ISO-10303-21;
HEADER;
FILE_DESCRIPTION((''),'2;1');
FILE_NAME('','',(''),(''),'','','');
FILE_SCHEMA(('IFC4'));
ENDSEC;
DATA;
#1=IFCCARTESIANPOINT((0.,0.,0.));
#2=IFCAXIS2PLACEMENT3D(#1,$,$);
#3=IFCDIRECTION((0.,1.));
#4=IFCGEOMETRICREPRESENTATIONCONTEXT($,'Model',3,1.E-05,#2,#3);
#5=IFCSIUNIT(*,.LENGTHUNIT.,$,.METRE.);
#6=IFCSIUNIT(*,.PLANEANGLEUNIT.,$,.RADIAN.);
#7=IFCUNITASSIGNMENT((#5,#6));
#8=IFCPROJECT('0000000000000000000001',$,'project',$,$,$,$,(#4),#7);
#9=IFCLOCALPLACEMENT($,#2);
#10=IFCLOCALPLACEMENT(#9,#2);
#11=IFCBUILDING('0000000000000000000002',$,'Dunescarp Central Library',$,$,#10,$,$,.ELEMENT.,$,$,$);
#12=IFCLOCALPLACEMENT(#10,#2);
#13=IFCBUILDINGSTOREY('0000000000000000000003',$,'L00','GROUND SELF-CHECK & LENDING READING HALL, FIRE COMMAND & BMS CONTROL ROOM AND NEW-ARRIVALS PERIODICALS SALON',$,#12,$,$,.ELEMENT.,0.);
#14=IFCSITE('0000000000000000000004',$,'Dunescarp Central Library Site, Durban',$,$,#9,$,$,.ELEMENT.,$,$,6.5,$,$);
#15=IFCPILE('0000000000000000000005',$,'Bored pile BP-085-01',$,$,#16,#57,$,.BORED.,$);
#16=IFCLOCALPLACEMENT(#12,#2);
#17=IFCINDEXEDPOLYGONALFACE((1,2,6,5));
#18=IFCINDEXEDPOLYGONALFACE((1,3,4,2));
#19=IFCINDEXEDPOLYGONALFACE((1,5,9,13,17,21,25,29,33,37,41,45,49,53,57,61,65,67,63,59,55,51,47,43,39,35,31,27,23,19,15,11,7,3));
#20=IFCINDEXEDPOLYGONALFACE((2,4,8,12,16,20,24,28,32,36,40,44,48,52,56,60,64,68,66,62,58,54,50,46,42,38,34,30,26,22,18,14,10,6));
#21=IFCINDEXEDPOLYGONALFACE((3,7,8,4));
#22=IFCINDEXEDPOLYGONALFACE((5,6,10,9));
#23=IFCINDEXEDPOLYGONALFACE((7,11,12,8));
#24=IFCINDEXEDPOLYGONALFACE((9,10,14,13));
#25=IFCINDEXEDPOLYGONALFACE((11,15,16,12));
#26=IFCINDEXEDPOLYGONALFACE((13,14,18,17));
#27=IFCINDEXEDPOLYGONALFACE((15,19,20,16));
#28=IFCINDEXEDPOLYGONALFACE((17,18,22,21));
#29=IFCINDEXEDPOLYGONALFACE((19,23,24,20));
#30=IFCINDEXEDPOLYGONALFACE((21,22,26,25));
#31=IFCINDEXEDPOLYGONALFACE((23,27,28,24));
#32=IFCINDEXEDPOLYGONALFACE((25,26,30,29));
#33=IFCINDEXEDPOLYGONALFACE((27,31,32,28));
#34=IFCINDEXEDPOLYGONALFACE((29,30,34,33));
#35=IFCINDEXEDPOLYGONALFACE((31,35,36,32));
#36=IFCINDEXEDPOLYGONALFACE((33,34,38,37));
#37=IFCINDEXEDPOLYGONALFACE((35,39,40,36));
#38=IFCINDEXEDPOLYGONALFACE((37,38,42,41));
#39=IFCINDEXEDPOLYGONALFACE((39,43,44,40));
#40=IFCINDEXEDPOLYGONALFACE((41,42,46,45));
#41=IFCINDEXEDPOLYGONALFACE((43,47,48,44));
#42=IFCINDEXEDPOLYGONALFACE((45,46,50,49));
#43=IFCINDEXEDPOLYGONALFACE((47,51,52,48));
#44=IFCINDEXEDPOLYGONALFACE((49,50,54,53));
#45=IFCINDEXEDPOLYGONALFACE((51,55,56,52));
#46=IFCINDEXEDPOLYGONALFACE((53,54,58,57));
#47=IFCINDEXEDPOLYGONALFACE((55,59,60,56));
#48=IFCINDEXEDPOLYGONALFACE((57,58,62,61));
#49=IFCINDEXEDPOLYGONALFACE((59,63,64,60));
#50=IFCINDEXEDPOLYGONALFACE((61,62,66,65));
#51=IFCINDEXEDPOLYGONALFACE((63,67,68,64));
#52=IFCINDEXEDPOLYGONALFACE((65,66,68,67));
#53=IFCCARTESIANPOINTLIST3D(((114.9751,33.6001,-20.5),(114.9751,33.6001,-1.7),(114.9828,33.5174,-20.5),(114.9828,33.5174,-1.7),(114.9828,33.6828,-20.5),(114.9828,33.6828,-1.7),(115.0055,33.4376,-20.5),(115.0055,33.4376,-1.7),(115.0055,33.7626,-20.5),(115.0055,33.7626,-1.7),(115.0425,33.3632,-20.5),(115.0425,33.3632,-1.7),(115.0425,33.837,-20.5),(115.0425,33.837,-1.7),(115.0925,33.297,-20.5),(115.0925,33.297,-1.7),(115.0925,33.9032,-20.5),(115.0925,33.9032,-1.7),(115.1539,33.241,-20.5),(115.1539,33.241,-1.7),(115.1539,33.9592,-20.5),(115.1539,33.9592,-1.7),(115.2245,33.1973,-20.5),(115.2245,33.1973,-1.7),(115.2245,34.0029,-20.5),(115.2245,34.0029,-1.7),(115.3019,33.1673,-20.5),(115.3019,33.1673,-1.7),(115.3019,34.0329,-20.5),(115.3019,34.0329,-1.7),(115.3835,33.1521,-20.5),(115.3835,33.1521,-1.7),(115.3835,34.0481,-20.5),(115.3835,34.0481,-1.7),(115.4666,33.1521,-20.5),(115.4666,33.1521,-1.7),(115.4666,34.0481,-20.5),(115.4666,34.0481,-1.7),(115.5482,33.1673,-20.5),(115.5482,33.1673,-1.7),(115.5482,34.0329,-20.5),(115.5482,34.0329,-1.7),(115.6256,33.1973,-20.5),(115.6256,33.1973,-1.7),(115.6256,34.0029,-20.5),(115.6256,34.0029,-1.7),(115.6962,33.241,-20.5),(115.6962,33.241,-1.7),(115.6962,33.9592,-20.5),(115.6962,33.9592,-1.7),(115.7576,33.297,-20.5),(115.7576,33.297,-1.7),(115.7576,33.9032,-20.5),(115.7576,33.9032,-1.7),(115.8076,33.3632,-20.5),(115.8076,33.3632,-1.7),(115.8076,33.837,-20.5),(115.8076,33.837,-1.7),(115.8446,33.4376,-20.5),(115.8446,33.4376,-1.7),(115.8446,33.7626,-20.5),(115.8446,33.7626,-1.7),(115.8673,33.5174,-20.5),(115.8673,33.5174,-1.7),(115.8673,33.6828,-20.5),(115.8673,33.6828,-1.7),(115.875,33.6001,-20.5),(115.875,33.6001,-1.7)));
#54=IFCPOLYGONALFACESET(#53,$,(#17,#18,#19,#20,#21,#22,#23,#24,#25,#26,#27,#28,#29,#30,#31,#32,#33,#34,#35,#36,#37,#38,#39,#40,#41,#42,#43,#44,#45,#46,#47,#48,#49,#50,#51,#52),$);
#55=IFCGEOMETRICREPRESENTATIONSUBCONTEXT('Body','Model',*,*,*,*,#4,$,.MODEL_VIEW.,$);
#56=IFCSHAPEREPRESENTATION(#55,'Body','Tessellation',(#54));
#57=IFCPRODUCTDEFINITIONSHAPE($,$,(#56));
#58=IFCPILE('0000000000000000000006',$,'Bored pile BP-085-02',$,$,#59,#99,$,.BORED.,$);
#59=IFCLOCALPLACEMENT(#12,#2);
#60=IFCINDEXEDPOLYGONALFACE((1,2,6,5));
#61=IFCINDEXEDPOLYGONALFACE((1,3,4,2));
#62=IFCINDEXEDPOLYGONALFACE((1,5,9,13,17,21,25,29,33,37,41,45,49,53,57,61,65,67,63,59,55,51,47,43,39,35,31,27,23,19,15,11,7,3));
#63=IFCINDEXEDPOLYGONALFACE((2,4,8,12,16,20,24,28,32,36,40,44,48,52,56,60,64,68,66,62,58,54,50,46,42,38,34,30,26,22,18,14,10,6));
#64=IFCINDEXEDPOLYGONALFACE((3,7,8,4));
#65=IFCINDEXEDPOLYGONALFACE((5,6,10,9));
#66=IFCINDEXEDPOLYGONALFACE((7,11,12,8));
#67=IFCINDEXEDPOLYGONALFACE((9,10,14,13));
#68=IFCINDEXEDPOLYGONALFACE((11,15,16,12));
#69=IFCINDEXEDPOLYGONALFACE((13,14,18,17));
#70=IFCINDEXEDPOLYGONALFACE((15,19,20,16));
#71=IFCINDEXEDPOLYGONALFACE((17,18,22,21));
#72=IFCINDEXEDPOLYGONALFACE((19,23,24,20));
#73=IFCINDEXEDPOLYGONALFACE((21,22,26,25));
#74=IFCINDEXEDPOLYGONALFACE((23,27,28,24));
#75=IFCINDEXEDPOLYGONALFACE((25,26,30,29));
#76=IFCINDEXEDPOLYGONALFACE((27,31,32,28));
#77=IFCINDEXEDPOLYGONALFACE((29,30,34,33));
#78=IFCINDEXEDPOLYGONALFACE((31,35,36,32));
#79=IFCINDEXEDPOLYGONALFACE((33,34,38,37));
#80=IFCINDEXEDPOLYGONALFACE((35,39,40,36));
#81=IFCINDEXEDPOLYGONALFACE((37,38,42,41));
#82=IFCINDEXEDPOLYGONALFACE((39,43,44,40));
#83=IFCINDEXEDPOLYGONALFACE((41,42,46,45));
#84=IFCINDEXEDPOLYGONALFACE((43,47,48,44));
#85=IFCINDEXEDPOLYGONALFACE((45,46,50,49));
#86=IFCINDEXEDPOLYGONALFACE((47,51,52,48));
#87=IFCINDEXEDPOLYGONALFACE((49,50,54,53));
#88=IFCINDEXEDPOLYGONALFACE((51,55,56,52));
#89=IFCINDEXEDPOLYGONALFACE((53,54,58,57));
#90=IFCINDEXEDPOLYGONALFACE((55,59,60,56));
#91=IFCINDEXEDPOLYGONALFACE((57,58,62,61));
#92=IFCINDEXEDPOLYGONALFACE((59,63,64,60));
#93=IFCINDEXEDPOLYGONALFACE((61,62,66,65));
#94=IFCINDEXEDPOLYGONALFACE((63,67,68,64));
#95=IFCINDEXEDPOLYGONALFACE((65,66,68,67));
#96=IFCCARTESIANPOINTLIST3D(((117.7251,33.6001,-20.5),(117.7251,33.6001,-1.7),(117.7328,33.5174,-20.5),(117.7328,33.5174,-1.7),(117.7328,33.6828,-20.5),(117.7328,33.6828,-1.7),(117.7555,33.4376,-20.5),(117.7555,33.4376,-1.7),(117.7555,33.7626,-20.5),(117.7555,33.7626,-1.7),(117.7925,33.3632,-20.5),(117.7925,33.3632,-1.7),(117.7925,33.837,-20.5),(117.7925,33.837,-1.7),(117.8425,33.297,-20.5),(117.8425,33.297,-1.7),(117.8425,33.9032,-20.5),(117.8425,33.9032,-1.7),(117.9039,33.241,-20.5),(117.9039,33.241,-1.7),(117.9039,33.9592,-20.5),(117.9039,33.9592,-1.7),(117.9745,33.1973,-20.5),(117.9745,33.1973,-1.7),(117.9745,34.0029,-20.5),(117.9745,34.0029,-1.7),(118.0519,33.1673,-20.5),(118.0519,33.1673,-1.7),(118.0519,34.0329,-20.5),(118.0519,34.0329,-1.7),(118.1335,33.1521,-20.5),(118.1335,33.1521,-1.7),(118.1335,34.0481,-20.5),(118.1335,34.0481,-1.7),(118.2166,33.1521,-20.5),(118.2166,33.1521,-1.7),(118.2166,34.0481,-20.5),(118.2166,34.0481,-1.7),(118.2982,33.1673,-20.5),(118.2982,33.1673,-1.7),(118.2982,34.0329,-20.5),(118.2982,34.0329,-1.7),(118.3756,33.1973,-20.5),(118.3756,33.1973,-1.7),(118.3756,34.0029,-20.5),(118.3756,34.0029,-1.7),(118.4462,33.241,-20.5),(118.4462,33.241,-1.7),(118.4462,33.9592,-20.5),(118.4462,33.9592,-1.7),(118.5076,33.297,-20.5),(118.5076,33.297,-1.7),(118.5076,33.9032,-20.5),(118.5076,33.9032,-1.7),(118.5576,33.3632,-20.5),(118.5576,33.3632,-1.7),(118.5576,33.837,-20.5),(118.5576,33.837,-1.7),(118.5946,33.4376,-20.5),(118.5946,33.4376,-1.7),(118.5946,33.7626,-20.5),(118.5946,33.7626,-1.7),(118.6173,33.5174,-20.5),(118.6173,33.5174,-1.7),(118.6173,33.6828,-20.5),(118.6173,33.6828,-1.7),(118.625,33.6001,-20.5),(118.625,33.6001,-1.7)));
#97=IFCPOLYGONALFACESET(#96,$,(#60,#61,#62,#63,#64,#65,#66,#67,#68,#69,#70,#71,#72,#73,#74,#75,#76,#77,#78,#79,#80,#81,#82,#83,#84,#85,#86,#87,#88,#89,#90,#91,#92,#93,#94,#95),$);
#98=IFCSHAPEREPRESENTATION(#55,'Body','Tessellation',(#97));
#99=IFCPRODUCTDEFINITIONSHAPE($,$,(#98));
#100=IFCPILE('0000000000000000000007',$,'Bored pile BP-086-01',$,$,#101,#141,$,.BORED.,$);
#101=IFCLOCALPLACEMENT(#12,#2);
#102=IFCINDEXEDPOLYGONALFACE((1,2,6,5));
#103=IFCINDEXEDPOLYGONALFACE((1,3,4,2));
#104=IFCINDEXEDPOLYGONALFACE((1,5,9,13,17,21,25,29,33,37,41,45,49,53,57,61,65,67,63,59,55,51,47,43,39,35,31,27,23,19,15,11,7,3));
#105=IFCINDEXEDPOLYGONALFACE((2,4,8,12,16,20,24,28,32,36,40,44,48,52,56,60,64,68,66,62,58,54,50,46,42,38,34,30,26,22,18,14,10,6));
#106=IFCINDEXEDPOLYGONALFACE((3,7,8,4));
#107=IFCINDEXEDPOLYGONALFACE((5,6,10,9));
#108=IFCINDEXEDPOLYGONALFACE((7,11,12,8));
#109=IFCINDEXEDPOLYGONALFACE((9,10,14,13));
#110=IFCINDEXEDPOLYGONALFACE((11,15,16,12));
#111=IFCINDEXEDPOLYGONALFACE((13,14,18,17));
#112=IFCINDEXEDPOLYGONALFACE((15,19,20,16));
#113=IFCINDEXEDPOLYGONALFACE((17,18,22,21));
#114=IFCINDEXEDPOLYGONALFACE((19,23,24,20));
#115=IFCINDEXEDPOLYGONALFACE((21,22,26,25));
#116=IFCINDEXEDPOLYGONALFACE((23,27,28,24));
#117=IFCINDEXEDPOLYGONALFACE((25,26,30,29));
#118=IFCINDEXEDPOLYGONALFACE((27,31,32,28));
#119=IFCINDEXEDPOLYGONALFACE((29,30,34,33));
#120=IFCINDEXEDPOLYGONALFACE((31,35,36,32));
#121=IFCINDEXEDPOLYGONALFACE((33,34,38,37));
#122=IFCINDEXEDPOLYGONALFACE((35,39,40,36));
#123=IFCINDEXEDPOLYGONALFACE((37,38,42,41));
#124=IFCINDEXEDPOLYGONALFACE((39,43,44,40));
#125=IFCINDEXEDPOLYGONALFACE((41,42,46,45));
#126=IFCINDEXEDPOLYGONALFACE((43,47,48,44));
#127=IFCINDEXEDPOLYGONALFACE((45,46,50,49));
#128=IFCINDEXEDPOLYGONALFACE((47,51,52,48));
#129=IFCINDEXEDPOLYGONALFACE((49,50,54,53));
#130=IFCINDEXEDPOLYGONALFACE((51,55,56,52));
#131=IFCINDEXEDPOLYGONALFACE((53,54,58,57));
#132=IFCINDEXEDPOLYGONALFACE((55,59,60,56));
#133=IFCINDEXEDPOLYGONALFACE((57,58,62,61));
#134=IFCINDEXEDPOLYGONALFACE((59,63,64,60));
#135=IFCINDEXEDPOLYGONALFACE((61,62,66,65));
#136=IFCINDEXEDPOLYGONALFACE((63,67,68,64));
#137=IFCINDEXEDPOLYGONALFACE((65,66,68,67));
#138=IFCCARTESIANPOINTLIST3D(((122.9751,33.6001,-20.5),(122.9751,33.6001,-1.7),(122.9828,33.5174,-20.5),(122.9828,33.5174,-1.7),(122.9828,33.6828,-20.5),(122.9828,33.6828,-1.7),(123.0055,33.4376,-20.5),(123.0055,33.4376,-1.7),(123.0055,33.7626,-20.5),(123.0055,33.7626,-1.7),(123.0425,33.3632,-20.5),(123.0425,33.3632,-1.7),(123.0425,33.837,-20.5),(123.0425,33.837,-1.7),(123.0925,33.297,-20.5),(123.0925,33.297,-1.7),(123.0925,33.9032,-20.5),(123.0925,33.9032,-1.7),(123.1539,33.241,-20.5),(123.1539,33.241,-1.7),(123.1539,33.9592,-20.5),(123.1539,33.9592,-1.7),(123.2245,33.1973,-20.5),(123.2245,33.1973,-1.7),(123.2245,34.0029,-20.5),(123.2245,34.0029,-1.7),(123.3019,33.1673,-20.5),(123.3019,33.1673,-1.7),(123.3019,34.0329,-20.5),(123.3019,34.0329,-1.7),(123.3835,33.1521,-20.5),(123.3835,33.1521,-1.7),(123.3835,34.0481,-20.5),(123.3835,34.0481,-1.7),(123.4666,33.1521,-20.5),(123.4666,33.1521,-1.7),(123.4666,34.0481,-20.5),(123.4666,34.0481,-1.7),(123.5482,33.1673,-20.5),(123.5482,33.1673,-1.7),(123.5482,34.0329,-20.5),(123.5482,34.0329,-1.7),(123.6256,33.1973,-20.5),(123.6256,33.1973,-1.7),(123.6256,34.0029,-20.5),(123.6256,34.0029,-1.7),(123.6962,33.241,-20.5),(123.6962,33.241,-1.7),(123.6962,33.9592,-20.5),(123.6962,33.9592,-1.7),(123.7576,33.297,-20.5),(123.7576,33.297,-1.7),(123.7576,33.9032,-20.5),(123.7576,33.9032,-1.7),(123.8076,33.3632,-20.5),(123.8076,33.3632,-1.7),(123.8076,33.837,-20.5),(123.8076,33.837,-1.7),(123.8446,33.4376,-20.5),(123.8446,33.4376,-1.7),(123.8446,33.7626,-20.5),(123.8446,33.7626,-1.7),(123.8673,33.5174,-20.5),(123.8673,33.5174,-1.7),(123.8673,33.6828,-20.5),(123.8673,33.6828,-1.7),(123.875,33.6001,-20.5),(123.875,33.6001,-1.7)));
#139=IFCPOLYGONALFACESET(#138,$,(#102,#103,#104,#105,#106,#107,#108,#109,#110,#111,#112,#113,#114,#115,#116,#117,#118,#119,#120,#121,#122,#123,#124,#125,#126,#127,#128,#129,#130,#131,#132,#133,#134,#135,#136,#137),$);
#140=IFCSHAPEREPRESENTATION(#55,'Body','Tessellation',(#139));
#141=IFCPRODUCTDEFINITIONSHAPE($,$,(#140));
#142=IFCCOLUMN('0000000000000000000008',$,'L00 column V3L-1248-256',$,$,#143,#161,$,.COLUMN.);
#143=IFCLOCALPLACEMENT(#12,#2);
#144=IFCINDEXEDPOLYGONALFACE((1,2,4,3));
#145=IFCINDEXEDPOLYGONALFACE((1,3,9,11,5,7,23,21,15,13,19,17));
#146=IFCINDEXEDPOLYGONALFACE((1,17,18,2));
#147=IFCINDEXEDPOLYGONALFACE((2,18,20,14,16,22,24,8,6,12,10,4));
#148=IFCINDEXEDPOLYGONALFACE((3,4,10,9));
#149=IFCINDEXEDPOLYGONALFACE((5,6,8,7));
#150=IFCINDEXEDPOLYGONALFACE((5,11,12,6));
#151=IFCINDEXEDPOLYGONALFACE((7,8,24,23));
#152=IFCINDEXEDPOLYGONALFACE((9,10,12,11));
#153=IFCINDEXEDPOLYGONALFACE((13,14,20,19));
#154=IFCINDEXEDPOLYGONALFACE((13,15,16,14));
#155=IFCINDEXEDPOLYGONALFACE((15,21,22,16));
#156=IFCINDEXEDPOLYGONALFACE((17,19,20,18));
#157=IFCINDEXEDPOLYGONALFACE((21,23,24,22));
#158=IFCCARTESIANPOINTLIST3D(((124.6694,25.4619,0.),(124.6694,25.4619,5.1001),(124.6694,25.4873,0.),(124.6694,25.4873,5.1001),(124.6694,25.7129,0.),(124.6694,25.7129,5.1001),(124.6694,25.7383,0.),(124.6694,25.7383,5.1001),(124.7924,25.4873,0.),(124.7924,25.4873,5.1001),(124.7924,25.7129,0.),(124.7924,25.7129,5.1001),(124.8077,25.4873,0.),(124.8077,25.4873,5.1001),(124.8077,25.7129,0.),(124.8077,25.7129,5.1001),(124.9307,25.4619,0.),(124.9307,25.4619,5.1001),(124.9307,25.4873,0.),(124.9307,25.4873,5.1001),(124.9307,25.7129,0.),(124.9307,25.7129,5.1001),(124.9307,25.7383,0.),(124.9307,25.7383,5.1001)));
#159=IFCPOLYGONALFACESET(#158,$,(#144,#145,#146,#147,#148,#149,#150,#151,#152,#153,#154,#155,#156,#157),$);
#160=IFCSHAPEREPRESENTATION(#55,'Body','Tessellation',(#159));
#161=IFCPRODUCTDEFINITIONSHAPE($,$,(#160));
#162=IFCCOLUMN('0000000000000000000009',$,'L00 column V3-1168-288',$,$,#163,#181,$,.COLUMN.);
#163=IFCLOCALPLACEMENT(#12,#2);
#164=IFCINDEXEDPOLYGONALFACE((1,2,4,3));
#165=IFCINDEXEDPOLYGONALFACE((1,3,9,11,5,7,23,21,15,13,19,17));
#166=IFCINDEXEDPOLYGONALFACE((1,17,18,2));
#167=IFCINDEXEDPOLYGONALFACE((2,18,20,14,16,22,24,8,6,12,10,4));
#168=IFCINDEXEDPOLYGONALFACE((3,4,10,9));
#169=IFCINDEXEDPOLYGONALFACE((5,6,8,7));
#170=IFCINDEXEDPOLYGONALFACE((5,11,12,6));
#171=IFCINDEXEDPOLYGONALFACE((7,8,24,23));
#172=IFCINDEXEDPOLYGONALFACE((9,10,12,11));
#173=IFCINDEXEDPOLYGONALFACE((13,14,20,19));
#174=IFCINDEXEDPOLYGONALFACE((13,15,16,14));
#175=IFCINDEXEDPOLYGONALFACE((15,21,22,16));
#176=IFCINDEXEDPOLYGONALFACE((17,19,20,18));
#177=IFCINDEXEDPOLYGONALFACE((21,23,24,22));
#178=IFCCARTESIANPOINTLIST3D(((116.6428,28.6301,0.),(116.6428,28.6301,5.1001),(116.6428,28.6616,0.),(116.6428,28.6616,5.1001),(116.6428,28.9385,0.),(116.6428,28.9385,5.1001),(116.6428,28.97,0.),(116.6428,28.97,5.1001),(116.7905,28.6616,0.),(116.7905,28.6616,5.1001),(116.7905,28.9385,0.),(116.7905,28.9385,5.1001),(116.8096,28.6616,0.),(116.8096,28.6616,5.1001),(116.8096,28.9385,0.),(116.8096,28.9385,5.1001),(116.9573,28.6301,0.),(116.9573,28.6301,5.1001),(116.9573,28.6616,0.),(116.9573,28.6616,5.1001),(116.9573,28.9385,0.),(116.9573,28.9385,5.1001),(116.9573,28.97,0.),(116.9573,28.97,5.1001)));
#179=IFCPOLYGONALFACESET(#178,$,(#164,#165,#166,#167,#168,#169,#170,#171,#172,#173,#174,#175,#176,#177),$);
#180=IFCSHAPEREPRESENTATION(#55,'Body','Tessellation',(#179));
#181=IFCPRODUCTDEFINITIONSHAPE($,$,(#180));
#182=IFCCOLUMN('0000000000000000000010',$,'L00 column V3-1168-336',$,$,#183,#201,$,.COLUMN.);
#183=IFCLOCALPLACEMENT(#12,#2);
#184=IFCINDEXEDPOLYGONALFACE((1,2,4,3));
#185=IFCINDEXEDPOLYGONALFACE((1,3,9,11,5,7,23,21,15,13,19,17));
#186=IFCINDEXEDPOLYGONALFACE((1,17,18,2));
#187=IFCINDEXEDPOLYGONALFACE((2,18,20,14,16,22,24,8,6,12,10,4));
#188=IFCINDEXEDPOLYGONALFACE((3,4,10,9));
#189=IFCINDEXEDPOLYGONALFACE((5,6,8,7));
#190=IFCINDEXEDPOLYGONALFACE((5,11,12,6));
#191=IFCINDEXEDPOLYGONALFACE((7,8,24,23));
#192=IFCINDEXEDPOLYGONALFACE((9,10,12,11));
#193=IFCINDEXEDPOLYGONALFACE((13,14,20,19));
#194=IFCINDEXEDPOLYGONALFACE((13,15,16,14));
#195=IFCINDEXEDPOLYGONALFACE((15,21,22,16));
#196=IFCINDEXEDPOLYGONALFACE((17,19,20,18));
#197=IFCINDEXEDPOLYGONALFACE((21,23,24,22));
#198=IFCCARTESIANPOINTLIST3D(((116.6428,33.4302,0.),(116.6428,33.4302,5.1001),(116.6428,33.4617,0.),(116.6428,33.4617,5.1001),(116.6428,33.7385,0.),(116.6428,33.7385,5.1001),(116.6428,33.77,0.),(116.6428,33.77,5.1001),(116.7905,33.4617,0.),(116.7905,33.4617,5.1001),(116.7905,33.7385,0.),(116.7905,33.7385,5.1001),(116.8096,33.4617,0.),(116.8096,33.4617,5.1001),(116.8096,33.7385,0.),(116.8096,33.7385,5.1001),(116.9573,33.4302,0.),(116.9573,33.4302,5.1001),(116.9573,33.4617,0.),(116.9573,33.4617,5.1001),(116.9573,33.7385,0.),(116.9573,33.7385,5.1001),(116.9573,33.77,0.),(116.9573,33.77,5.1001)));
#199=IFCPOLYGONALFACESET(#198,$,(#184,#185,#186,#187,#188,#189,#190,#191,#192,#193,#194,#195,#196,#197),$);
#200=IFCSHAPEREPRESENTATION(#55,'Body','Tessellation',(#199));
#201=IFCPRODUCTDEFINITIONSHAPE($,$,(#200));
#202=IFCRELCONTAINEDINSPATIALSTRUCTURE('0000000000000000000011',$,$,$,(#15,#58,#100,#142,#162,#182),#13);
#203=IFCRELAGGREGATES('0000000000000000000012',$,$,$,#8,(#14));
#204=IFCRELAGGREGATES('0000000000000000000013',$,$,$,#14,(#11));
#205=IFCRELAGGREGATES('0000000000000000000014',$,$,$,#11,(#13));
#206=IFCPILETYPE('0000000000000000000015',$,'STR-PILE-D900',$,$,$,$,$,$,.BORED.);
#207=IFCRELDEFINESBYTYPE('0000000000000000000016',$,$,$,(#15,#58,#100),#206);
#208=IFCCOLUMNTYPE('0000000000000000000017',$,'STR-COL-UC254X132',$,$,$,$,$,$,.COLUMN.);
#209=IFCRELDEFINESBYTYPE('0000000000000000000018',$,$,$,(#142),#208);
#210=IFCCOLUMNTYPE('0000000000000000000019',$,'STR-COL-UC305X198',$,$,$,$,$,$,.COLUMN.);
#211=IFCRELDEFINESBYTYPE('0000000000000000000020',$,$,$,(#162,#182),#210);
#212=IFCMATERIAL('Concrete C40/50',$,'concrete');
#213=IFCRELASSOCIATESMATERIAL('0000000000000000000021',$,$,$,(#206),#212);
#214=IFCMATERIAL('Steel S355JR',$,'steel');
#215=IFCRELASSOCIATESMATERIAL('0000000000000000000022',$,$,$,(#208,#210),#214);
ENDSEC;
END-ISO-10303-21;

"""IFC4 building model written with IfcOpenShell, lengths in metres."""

from ifc_helpers import new_model, si_unit, direction, frame, origin, origin_2d, place, context, subcontext, project, spatial, circle, i_section, extrude, material, material_profile, profile_set, type_object, element, save


model = new_model("IFC4")

# Units and contexts
model_context = context("Model", 3, precision=1e-05, world=origin(), true_north=direction((0.0, 1.0)))
body_context = subcontext(model_context, "Body", "Model", "MODEL_VIEW")
ifc_project = project(units=[si_unit("LENGTHUNIT", "METRE"), si_unit("PLANEANGLEUNIT", "RADIAN")], contexts=[model_context])

# Site, building, storey
site_placement = place(None, origin())
site = spatial("IfcSite", under=ifc_project, at=site_placement, Name="Dunescarp Central Library Site, Durban", CompositionType="ELEMENT", RefElevation=6.5)
building_placement = place(site_placement, origin())
building = spatial("IfcBuilding", under=site, at=building_placement, Name="Dunescarp Central Library", CompositionType="ELEMENT")
storey_placement = place(building_placement, origin())
storey = spatial("IfcBuildingStorey", under=building, at=storey_placement, Name="L00", Description="GROUND SELF-CHECK & LENDING READING HALL, FIRE COMMAND & BMS CONTROL ROOM AND NEW-ARRIVALS PERIODICALS SALON", CompositionType="ELEMENT", Elevation=0.0)

# Shared definitions
ifc_material_1 = material(Name="Concrete C40/50", Category="concrete")

# Piles
ifc_material_profile_1 = material_profile(ifc_material_1, circle(Radius=0.45, at=origin_2d()), Name="PILE D900")
ifc_profile_set_1 = profile_set([ifc_material_profile_1], Name="Concrete C40/50")
pile_type = type_object("IfcPileType", Name="STR-PILE-D900", PredefinedType="BORED", material=ifc_profile_set_1)
for number, where, z_axis, x_axis, name in (
    (1, (115.425, 33.6001, -1.7), (0.0, 0.0, -1.0), (1.0, 0.0, 0.0), "Bored pile BP-085-01"),
    (2, (118.175, 33.6001, -1.7), (0.0, 0.0, -1.0), (1.0, 0.0, 0.0), "Bored pile BP-085-02"),
    (3, (123.425, 33.6001, -1.7), (0.0, 0.0, -1.0), (1.0, 0.0, 0.0), "Bored pile BP-086-01"),
):
    element("IfcPile", number, at=place(storey_placement, frame(where, z_axis=z_axis, x_axis=x_axis)), inside=storey, type_object=pile_type, Name=name, PredefinedType="BORED", context=body_context, shape_type="SweptSolid", body=[
        extrude(circle(Radius=0.45, at=origin_2d()), origin(), (0.0, 0.0, 1.0), 18.8),
    ])

# Columns
ifc_material_2 = material(Name="Steel S355JR", Category="steel")
ifc_material_profile_2 = material_profile(ifc_material_2, i_section(OverallWidth=0.2612, OverallDepth=0.2764, WebThickness=0.0154, FlangeThickness=0.0254, at=origin_2d()), Name="UC 254x254x132")
ifc_profile_set_2 = profile_set([ifc_material_profile_2], Name="Steel S355JR")
column_type_1 = type_object("IfcColumnType", Name="STR-COL-UC254X132", PredefinedType="COLUMN", material=ifc_profile_set_2)
column_placement = place(storey_placement, frame((124.8, 25.6001, 0.0), z_axis=(0.0, 0.0, 1.0), x_axis=(1.0, 0.0, 0.0)))
element("IfcColumn", 4, at=column_placement, inside=storey, type_object=column_type_1, Name="L00 column V3L-1248-256", PredefinedType="COLUMN", context=body_context, shape_type="SweptSolid", body=[
    extrude(i_section(OverallWidth=0.2612, OverallDepth=0.2764, WebThickness=0.0154, FlangeThickness=0.0254, at=origin_2d()), origin(), (0.0, 0.0, 1.0), 5.1001),
])
ifc_material_profile_3 = material_profile(ifc_material_2, i_section(OverallWidth=0.3145, OverallDepth=0.3398, WebThickness=0.019, FlangeThickness=0.0315, at=origin_2d()), Name="UC 305x305x198")
ifc_profile_set_3 = profile_set([ifc_material_profile_3], Name="Steel S355JR")
column_type_2 = type_object("IfcColumnType", Name="STR-COL-UC305X198", PredefinedType="COLUMN", material=ifc_profile_set_3)
for number, where, z_axis, x_axis, name in (
    (5, (116.8, 28.8, 0.0), (0.0, 0.0, 1.0), (1.0, 0.0, 0.0), "L00 column V3-1168-288"),
    (6, (116.8, 33.6001, 0.0), (0.0, 0.0, 1.0), (1.0, 0.0, 0.0), "L00 column V3-1168-336"),
):
    element("IfcColumn", number, at=place(storey_placement, frame(where, z_axis=z_axis, x_axis=x_axis)), inside=storey, type_object=column_type_2, Name=name, PredefinedType="COLUMN", context=body_context, shape_type="SweptSolid", body=[
        extrude(i_section(OverallWidth=0.3145, OverallDepth=0.3398, WebThickness=0.019, FlangeThickness=0.0315, at=origin_2d()), origin(), (0.0, 0.0, 1.0), 5.1001),
    ])

save(model, "model.ifc")
